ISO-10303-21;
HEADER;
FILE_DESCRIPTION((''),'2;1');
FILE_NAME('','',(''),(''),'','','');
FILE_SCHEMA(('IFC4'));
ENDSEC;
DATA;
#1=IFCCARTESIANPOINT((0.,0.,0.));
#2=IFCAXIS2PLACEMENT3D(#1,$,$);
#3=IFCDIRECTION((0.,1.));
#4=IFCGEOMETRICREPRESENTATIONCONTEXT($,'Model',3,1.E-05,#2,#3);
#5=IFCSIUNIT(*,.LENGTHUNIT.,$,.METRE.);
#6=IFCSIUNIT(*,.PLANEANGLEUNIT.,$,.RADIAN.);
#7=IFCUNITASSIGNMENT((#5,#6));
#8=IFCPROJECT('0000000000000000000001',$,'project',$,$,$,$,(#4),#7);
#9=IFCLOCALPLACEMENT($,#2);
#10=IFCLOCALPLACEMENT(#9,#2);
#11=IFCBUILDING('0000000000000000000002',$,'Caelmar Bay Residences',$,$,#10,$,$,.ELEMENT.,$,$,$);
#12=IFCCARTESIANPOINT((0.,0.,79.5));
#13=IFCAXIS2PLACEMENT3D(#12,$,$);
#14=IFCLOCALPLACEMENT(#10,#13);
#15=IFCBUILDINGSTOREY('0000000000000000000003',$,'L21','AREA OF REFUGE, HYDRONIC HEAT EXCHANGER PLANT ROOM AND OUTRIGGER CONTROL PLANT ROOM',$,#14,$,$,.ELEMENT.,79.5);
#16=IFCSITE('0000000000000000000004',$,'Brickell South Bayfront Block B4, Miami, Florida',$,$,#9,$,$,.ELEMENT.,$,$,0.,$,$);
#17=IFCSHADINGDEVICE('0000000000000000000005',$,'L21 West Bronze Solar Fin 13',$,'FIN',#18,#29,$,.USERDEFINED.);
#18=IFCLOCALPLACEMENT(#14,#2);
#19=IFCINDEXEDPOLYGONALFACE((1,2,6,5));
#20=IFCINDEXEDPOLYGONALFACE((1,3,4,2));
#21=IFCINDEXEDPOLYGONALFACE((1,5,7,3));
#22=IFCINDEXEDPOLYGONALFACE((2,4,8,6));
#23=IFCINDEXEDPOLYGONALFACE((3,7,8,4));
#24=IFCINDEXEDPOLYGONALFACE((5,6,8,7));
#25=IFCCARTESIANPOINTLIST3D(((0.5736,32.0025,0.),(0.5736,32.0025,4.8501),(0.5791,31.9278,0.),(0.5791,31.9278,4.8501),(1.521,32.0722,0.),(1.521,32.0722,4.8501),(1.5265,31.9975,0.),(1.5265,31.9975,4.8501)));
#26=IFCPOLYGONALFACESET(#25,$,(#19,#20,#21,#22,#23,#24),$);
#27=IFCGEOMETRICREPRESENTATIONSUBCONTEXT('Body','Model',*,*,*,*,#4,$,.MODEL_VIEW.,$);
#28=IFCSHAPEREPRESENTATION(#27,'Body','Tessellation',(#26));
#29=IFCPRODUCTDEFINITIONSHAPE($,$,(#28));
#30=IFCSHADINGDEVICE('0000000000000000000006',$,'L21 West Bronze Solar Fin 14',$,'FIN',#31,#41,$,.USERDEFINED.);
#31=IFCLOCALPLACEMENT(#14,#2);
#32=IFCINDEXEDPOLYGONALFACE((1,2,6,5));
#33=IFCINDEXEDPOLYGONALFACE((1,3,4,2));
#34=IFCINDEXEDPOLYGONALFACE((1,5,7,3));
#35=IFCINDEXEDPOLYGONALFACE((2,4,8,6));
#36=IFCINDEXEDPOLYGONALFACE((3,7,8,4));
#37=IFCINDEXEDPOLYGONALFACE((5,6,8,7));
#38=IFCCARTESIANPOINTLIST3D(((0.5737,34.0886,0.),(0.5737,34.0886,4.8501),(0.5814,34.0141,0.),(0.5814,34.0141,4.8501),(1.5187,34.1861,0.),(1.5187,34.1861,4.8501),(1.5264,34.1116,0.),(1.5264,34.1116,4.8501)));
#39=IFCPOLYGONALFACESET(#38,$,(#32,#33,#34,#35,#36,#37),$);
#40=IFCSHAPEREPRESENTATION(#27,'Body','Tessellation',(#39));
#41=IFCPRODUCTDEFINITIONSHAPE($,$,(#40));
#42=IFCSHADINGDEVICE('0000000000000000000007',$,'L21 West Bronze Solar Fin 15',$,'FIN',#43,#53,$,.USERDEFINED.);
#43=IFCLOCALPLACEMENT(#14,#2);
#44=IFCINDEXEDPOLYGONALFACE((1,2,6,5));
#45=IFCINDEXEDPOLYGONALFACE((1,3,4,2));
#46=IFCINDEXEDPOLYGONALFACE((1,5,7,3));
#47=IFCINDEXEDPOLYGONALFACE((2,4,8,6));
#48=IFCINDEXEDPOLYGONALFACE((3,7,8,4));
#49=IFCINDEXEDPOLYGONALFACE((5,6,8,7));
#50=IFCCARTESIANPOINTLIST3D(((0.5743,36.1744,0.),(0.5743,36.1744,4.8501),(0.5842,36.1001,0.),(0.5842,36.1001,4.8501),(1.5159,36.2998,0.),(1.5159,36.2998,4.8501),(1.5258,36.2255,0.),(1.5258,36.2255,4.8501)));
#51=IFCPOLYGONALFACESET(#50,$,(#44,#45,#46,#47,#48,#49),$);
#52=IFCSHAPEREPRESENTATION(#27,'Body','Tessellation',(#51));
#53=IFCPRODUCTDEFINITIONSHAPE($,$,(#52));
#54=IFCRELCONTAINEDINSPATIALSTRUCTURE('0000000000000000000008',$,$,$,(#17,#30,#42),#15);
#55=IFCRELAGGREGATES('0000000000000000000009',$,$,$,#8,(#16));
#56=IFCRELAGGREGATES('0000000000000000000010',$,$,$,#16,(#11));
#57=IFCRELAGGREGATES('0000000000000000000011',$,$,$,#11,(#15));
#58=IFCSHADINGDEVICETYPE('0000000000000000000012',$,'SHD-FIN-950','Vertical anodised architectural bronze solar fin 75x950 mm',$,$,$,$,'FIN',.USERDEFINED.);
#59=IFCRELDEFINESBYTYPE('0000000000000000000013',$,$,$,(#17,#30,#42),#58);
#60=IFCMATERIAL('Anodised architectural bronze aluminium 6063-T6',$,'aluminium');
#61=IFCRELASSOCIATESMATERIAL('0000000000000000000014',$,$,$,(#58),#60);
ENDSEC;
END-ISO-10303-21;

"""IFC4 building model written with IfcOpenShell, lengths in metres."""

from ifc_helpers import new_model, si_unit, direction, frame, origin, origin_2d, place, context, subcontext, project, spatial, rectangle, extrude, material, material_profile, profile_set, type_object, element, save


model = new_model("IFC4")

# Units and contexts
model_context = context("Model", 3, precision=1e-05, world=origin(), true_north=direction((0.0, 1.0)))
body_context = subcontext(model_context, "Body", "Model", "MODEL_VIEW")
ifc_project = project(units=[si_unit("LENGTHUNIT", "METRE"), si_unit("PLANEANGLEUNIT", "RADIAN")], contexts=[model_context])

# Site, building, storey
site_placement = place(None, origin())
site = spatial("IfcSite", under=ifc_project, at=site_placement, Name="Brickell South Bayfront Block B4, Miami, Florida", CompositionType="ELEMENT", RefElevation=0.0)
building_placement = place(site_placement, origin())
building = spatial("IfcBuilding", under=site, at=building_placement, Name="Caelmar Bay Residences", CompositionType="ELEMENT")
storey_placement = place(building_placement, frame((0.0, 0.0, 79.5)))
storey = spatial("IfcBuildingStorey", under=building, at=storey_placement, Name="L21", Description="AREA OF REFUGE, HYDRONIC HEAT EXCHANGER PLANT ROOM AND OUTRIGGER CONTROL PLANT ROOM", CompositionType="ELEMENT", Elevation=79.5)

# Shading devices
ifc_material_1 = material(Name="Anodised architectural bronze aluminium 6063-T6", Category="aluminium")
ifc_material_profile_1 = material_profile(ifc_material_1, rectangle(XDim=0.075, YDim=0.95, at=origin_2d()), Name="BRONZE-FIN-75X950")
ifc_profile_set_1 = profile_set([ifc_material_profile_1], Name="Anodised architectural bronze aluminium 6063-T6")
shading_device_type = type_object("IfcShadingDeviceType", Name="SHD-FIN-950", Description="Vertical anodised architectural bronze solar fin 75x950 mm", ElementType="FIN", PredefinedType="USERDEFINED", material=ifc_profile_set_1)
for number, where, z_axis, x_axis, name in (
    (1, (1.05, 32.0, 0.0), (0.0, 0.0, 1.0), (-0.073412, 0.997302, 0.0), "L21 West Bronze Solar Fin 13"),
    (2, (1.05, 34.1001, 0.0), (0.0, 0.0, 1.0), (-0.102619, 0.994721, 0.0), "L21 West Bronze Solar Fin 14"),
    (3, (1.05, 36.2, 0.0), (0.0, 0.0, 1.0), (-0.13191, 0.991262, 0.0), "L21 West Bronze Solar Fin 15"),
):
    element("IfcShadingDevice", number, at=place(storey_placement, frame(where, z_axis=z_axis, x_axis=x_axis)), inside=storey, type_object=shading_device_type, Name=name, ObjectType="FIN", PredefinedType="USERDEFINED", context=body_context, shape_type="SweptSolid", body=[
        extrude(rectangle(XDim=0.075, YDim=0.95, at=origin_2d()), origin(), (0.0, 0.0, 1.0), 4.8501),
    ])

save(model, "model.ifc")
